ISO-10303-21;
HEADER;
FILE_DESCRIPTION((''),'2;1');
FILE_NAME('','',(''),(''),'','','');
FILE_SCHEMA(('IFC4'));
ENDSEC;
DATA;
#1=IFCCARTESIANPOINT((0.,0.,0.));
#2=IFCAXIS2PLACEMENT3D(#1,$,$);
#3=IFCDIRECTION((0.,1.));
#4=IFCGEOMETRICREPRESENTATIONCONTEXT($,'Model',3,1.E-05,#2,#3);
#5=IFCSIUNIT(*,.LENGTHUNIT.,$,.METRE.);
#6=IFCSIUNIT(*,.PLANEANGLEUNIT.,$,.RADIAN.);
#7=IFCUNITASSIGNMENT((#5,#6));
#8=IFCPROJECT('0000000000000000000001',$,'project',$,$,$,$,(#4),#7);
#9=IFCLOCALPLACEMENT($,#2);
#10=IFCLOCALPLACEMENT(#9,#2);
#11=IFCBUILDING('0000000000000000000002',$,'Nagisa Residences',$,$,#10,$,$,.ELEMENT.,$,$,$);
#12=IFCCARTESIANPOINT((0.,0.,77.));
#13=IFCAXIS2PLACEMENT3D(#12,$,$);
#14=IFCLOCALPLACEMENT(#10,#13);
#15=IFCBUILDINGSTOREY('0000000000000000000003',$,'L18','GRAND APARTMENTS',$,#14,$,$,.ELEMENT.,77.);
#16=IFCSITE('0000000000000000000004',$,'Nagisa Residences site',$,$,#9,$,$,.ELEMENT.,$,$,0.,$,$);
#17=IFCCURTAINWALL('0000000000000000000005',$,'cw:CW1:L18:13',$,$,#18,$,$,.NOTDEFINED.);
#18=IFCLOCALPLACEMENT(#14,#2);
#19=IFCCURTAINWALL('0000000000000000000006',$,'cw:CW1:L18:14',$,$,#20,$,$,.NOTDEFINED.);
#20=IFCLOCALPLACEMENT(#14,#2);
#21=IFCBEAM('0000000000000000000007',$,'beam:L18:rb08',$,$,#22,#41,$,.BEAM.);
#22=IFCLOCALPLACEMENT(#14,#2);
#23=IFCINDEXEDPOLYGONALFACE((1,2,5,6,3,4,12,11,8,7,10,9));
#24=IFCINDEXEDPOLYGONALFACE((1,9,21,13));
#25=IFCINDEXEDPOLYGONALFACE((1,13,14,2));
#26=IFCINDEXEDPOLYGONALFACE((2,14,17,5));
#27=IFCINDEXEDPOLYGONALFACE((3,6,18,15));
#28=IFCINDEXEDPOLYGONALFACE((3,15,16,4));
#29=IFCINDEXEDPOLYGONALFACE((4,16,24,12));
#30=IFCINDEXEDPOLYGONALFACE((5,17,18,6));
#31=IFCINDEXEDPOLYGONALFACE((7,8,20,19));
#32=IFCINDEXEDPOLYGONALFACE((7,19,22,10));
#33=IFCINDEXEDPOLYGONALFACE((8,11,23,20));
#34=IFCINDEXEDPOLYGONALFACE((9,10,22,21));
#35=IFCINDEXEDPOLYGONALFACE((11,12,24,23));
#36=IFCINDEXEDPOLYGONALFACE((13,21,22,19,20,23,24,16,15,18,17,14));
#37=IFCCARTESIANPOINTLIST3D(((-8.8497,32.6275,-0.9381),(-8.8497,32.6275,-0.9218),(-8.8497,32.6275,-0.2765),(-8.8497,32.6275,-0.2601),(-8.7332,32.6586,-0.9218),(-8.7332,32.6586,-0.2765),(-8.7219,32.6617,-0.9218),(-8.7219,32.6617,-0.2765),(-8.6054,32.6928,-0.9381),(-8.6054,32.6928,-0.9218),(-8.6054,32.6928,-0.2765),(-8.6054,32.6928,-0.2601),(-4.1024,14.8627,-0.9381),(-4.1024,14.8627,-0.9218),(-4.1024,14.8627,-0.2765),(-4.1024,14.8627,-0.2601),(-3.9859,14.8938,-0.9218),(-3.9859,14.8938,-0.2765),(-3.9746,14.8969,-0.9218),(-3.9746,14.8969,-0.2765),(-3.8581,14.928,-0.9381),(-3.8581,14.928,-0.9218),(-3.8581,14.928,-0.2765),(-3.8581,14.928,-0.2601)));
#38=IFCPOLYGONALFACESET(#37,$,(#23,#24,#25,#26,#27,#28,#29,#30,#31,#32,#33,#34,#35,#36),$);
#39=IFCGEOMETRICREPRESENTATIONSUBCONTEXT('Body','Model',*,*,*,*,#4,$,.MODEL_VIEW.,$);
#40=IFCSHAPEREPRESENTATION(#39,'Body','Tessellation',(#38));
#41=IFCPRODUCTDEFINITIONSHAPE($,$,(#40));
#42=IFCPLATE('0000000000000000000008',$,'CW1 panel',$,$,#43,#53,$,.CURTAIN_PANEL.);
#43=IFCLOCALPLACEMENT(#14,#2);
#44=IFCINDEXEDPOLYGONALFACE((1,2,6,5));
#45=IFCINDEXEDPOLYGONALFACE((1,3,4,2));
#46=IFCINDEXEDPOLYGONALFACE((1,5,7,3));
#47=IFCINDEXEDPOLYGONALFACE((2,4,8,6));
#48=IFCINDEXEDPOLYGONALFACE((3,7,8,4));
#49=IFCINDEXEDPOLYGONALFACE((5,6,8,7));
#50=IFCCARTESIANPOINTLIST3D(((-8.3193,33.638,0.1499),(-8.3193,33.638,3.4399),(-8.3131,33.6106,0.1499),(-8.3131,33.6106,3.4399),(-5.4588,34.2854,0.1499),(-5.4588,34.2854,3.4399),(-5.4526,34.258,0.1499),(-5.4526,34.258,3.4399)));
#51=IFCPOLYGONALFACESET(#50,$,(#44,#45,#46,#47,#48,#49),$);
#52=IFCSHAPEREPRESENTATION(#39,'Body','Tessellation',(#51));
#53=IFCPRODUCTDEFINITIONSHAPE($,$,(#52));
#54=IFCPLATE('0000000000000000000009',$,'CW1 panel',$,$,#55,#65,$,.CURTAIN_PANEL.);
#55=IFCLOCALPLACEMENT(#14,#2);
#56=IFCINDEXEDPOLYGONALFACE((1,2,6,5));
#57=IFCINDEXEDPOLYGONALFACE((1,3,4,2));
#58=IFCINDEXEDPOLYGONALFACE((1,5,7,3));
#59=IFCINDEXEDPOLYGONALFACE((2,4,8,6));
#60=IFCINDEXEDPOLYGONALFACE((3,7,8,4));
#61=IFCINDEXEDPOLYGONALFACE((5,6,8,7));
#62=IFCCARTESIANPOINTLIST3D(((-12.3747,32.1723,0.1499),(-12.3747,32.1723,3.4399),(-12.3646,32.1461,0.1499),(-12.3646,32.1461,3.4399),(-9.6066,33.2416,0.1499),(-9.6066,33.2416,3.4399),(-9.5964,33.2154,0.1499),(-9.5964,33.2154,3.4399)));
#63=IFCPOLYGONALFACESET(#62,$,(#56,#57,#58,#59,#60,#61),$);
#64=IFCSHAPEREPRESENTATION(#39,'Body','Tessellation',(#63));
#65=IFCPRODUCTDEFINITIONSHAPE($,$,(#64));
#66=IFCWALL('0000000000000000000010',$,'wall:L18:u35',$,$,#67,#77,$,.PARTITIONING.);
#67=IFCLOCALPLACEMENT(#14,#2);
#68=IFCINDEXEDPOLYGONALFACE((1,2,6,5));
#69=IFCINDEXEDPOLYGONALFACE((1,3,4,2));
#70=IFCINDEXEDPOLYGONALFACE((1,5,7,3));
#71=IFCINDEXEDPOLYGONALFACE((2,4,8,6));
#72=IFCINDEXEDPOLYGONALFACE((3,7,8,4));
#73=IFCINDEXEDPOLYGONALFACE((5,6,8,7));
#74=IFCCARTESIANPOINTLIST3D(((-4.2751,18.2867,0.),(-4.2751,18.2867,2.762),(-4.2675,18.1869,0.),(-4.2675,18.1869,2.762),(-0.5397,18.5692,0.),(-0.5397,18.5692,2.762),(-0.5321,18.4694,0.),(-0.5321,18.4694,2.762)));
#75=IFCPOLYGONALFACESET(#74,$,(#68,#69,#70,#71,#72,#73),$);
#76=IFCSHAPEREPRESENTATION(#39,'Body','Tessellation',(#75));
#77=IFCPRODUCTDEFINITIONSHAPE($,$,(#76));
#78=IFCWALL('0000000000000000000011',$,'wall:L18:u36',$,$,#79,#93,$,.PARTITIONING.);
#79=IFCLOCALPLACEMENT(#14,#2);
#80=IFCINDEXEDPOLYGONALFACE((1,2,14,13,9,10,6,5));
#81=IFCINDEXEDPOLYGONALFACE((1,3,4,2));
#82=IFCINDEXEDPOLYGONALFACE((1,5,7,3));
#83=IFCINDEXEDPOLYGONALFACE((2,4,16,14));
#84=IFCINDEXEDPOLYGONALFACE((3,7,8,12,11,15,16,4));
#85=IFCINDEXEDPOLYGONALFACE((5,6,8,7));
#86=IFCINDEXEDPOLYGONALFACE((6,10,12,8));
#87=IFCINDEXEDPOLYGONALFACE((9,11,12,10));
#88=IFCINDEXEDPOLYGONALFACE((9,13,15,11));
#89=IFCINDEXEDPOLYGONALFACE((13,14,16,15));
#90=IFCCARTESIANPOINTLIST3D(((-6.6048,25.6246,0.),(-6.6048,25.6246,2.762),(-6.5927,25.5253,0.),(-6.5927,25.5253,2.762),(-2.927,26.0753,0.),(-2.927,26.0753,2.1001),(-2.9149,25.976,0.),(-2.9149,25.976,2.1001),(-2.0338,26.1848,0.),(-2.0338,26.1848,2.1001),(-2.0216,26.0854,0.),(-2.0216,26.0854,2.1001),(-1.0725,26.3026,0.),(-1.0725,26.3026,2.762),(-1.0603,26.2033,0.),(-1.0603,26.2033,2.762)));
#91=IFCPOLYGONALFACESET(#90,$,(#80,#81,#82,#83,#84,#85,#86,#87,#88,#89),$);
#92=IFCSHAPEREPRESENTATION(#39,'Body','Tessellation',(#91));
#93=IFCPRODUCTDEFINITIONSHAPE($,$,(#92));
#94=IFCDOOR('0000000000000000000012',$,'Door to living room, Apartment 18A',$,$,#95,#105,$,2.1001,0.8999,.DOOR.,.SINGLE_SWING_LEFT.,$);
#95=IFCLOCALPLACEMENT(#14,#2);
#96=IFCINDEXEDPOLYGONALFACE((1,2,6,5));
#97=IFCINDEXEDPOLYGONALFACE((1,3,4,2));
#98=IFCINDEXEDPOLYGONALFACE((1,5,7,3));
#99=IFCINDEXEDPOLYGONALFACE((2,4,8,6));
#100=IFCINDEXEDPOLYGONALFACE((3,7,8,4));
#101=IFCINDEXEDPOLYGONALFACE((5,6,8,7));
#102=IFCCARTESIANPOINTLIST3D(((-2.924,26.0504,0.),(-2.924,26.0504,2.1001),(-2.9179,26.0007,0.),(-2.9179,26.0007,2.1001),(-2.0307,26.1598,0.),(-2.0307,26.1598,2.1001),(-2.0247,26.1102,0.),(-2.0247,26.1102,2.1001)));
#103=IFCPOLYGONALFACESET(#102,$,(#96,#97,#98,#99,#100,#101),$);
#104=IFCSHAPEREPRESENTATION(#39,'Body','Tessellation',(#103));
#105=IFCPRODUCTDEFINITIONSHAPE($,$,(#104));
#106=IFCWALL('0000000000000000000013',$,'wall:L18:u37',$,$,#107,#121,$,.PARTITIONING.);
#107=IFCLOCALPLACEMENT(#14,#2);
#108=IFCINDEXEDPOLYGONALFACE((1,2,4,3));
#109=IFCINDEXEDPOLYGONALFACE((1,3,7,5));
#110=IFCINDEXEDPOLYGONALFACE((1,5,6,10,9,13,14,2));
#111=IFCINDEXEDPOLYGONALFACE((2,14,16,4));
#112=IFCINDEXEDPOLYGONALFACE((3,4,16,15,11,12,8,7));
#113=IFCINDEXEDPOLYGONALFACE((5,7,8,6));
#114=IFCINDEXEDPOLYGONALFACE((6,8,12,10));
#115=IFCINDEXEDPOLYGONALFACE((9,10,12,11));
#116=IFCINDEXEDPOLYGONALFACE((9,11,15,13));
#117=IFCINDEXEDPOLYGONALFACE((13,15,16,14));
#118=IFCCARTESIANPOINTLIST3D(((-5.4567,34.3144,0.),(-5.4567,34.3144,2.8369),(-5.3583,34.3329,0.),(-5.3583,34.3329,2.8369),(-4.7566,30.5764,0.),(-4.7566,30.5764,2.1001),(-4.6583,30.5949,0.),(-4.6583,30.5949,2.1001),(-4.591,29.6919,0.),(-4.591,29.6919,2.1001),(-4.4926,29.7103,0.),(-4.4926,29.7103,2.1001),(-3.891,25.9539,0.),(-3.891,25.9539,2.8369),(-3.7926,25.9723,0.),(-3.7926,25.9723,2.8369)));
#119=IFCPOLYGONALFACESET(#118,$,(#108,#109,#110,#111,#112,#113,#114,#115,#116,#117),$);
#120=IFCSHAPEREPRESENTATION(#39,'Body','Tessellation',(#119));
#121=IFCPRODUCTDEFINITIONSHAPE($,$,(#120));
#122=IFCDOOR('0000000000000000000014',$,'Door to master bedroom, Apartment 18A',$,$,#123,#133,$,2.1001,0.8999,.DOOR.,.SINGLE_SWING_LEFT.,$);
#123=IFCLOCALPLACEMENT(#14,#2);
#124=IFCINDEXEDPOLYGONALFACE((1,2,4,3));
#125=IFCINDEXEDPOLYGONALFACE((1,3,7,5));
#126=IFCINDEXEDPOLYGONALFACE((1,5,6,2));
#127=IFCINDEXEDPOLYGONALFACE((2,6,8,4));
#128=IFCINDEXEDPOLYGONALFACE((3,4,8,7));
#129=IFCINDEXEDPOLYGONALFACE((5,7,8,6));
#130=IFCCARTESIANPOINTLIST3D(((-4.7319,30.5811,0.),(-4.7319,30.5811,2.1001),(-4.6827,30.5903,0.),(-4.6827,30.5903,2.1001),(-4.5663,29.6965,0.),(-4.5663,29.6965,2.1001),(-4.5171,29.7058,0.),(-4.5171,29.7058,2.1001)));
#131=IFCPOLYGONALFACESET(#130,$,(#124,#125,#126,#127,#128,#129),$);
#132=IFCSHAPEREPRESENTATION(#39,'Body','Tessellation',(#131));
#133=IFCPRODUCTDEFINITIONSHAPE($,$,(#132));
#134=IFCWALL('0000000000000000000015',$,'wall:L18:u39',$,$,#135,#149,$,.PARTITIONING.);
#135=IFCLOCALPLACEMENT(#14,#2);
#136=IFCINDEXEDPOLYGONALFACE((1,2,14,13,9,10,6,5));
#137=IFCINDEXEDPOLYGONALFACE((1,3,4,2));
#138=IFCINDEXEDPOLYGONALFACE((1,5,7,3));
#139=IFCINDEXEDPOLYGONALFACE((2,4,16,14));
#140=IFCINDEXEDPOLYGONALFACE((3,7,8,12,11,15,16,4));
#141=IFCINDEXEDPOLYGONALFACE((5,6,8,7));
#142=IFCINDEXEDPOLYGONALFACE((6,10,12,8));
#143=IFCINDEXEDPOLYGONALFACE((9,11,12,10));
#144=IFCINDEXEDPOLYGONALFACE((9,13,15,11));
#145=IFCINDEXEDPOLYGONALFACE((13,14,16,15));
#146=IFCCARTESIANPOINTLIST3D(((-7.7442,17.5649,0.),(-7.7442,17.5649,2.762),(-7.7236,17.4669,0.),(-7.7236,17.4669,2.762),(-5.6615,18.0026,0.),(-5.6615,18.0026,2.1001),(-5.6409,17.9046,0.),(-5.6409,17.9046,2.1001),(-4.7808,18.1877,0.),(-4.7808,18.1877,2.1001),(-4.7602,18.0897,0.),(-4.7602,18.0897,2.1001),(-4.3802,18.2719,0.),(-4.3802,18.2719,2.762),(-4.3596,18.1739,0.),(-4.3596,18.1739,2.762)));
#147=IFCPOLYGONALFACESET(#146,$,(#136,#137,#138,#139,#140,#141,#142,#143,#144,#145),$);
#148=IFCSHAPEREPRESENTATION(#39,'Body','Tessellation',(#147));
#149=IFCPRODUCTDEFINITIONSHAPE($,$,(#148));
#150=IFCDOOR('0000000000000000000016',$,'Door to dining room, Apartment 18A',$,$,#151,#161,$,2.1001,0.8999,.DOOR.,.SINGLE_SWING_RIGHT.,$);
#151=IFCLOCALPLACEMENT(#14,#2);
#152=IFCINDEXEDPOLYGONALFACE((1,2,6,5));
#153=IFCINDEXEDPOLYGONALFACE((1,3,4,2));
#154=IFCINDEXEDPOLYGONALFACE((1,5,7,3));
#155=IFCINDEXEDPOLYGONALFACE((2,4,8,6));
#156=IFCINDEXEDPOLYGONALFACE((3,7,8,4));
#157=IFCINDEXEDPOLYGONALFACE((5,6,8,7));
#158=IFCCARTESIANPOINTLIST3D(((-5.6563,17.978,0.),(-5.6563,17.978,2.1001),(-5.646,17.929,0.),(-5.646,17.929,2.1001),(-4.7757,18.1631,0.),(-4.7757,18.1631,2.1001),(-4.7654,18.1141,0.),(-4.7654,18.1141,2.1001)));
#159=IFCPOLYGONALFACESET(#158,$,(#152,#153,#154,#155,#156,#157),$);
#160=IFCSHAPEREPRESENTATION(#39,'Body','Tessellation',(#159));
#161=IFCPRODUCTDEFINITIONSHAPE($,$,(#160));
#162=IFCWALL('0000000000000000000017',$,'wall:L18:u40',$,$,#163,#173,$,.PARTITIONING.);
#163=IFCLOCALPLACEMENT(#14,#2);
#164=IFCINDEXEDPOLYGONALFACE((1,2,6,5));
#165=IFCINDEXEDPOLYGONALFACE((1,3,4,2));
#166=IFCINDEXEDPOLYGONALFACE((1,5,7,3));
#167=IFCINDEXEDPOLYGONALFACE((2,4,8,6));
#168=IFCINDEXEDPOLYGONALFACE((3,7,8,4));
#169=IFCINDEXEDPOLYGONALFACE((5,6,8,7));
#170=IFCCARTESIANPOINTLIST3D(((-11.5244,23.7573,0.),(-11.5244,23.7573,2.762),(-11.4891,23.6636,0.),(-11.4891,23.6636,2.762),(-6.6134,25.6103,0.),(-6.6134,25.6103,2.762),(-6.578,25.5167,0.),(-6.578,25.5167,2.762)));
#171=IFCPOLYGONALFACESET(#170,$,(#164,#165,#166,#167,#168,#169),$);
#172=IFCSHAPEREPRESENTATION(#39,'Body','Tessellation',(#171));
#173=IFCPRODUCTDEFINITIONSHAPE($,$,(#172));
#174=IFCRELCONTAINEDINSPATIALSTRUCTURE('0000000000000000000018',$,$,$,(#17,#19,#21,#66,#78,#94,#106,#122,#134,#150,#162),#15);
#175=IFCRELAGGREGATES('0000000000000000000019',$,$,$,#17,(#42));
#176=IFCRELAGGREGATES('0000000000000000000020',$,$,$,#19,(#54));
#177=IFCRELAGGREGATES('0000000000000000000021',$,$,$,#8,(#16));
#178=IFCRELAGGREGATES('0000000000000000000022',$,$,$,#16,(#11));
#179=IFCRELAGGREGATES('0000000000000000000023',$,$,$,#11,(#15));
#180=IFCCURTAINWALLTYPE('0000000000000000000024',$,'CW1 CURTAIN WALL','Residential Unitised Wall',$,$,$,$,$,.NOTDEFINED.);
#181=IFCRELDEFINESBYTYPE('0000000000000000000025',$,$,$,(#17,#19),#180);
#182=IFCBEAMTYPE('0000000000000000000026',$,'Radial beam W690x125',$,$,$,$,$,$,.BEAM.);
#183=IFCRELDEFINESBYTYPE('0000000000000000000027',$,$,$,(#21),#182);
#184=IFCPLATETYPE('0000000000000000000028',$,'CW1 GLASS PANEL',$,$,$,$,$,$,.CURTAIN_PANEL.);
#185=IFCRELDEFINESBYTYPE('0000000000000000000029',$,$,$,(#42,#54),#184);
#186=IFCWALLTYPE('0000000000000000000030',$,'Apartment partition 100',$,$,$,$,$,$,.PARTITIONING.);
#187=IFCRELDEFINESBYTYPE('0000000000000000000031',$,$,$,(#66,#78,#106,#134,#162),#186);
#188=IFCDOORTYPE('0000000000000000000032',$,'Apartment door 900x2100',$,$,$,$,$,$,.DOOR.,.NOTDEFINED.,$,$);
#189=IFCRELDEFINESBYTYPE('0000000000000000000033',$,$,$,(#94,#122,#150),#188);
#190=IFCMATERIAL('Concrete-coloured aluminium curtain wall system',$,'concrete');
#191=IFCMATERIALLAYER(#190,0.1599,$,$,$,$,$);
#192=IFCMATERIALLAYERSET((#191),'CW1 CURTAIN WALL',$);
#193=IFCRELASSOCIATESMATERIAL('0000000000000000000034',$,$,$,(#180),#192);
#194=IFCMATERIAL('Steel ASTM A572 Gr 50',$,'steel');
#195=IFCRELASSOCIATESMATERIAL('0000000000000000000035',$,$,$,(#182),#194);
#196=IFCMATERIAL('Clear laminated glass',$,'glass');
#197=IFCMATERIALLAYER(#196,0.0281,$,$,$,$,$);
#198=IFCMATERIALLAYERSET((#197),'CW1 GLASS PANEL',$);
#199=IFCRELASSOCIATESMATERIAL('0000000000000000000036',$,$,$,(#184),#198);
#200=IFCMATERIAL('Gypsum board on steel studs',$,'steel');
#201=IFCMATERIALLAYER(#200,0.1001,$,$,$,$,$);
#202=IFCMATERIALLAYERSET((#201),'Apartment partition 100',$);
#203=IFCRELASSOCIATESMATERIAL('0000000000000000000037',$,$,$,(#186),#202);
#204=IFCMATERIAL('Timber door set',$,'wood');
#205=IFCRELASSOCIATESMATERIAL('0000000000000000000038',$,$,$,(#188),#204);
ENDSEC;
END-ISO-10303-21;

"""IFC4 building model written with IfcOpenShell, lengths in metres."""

from ifc_helpers import new_model, si_unit, direction, frame, frame_2d, origin, origin_2d, place, context, subcontext, project, spatial, rectangle, i_section, extrude, material, layer, layer_set, material_profile, profile_set, type_object, element, fill, aggregate, save


model = new_model("IFC4")

# Units and contexts
model_context = context("Model", 3, precision=1e-05, world=origin(), true_north=direction((0.0, 1.0)))
body_context = subcontext(model_context, "Body", "Model", "MODEL_VIEW")
ifc_project = project(units=[si_unit("LENGTHUNIT", "METRE"), si_unit("PLANEANGLEUNIT", "RADIAN")], contexts=[model_context])

# Site, building, storey
site_placement = place(None, origin())
site = spatial("IfcSite", under=ifc_project, at=site_placement, Name="Nagisa Residences site", CompositionType="ELEMENT", RefElevation=0.0)
building_placement = place(site_placement, origin())
building = spatial("IfcBuilding", under=site, at=building_placement, Name="Nagisa Residences", CompositionType="ELEMENT")
storey_placement = place(building_placement, frame((0.0, 0.0, 77.0)))
storey = spatial("IfcBuildingStorey", under=building, at=storey_placement, Name="L18", Description="GRAND APARTMENTS", CompositionType="ELEMENT", Elevation=77.0)

# Curtain walls
ifc_material_1 = material(Name="Concrete-coloured aluminium curtain wall system", Category="concrete")
ifc_layer_1 = layer(ifc_material_1, 0.1599)
ifc_layer_set_1 = layer_set([ifc_layer_1], Name="CW1 CURTAIN WALL")
curtain_wall_type = type_object("IfcCurtainWallType", Name="CW1 CURTAIN WALL", Description="Residential Unitised Wall", PredefinedType="NOTDEFINED", material=ifc_layer_set_1)
curtain_wall_1_placement = place(storey_placement, origin())
curtain_wall_1 = element("IfcCurtainWall", 1, at=curtain_wall_1_placement, inside=storey, type_object=curtain_wall_type, Name="cw:CW1:L18:13", PredefinedType="NOTDEFINED")
curtain_wall_2_placement = place(storey_placement, origin())
curtain_wall_2 = element("IfcCurtainWall", 2, at=curtain_wall_2_placement, inside=storey, type_object=curtain_wall_type, Name="cw:CW1:L18:14", PredefinedType="NOTDEFINED")

# Beam
ifc_material_2 = material(Name="Steel ASTM A572 Gr 50", Category="steel")
ifc_material_profile_1 = material_profile(ifc_material_2, i_section(OverallWidth=0.2529, OverallDepth=0.678, WebThickness=0.0117, FlangeThickness=0.0164, at=origin_2d()), Name="W690x125")
ifc_profile_set_1 = profile_set([ifc_material_profile_1], Name="Steel ASTM A572 Gr 50")
beam_type_1 = type_object("IfcBeamType", Name="Radial beam W690x125", PredefinedType="BEAM", material=ifc_profile_set_1)
beam_1_placement = place(storey_placement, frame((-8.7275, 32.6602, -0.5991), z_axis=(0.258171, -0.966099, 0.0), x_axis=(0.966099, 0.258171, 0.0)))
element("IfcBeam", 3, at=beam_1_placement, inside=storey, type_object=beam_type_1, Name="beam:L18:rb08", PredefinedType="BEAM", context=body_context, shape_type="SweptSolid", body=[
    extrude(i_section(OverallWidth=0.2529, OverallDepth=0.678, WebThickness=0.0117, FlangeThickness=0.0164, at=origin_2d()), origin(), (0.0, 0.0, 1.0), 18.3882),
])

# Plates
ifc_material_3 = material(Name="Clear laminated glass", Category="glass")
ifc_layer_2 = layer(ifc_material_3, 0.0281)
ifc_layer_set_2 = layer_set([ifc_layer_2], Name="CW1 GLASS PANEL")
plate_type = type_object("IfcPlateType", Name="CW1 GLASS PANEL", PredefinedType="CURTAIN_PANEL", material=ifc_layer_set_2)
plate_1_placement = place(storey_placement, frame((-6.886, 33.948, 0.1499), z_axis=(0.0, 0.0, 1.0), x_axis=(-0.975327, -0.220764, 0.0)))
plate_1 = element("IfcPlate", 4, at=plate_1_placement, type_object=plate_type, Name="CW1 panel", PredefinedType="CURTAIN_PANEL", context=body_context, shape_type="SweptSolid", body=[
    extrude(rectangle(XDim=2.9329, YDim=0.0281, at=origin_2d()), origin(), (0.0, 0.0, 1.0), 3.29),
])
aggregate(curtain_wall_1, [plate_1])
plate_2_placement = place(storey_placement, frame((-10.9856, 32.6938, 0.1499), z_axis=(0.0, 0.0, 1.0), x_axis=(-0.932826, -0.360328, 0.0)))
plate_2 = element("IfcPlate", 5, at=plate_2_placement, type_object=plate_type, Name="CW1 panel", PredefinedType="CURTAIN_PANEL", context=body_context, shape_type="SweptSolid", body=[
    extrude(rectangle(XDim=2.9675, YDim=0.0281, at=origin_2d()), origin(), (0.0, 0.0, 1.0), 3.29),
])
aggregate(curtain_wall_2, [plate_2])

# Wall
ifc_material_4 = material(Name="Gypsum board on steel studs", Category="steel")
ifc_layer_3 = layer(ifc_material_4, 0.1001)
ifc_layer_set_3 = layer_set([ifc_layer_3], Name="Apartment partition 100")
wall_type_1 = type_object("IfcWallType", Name="Apartment partition 100", PredefinedType="PARTITIONING", material=ifc_layer_set_3)
wall_1_placement = place(storey_placement, frame((-0.5359, 18.5193, 0.0), z_axis=(0.0, 0.0, 1.0), x_axis=(-0.997153, -0.075406, 0.0)))
element("IfcWall", 6, at=wall_1_placement, inside=storey, type_object=wall_type_1, Name="wall:L18:u35", PredefinedType="PARTITIONING", context=body_context, shape_type="SweptSolid", body=[
    extrude(rectangle(XDim=3.7461, YDim=0.1001, at=frame_2d((1.873, 0.0))), origin(), (0.0, 0.0, 1.0), 2.762),
])

# Walls, openings, doors
wall_2_placement = place(storey_placement, frame((-1.0664, 26.2529, 0.0), z_axis=(0.0, 0.0, 1.0), x_axis=(-0.992574, -0.121641, 0.0)))
wall_2 = element("IfcWall", 7, at=wall_2_placement, inside=storey, type_object=wall_type_1, Name="wall:L18:u36", PredefinedType="PARTITIONING", context=body_context, shape_type="SweptSolid", body=[
    extrude(rectangle(XDim=5.5737, YDim=0.1001, at=frame_2d((2.7869, 0.0))), origin(), (0.0, 0.0, 1.0), 2.762),
])
opening_1_placement = place(wall_2_placement, frame((0.9685, 0.0, 0.0)))
opening_1 = element("IfcOpeningElement", 8, at=opening_1_placement, cuts=wall_2, PredefinedType="OPENING", context=body_context, shape_type="SweptSolid", body=[
    extrude(rectangle(XDim=0.8999, YDim=2.1001, at=frame_2d((0.45, 1.05))), frame((0.0, 0.0601, 0.0), z_axis=(0.0, -1.0, 0.0), x_axis=(1.0, 0.0, 0.0)), (0.0, 0.0, 1.0), 0.1201),
])
ifc_material_5 = material(Name="Timber door set", Category="wood")
door_type_1 = type_object("IfcDoorType", Name="Apartment door 900x2100", OperationType="NOTDEFINED", PredefinedType="DOOR", material=ifc_material_5)
door_1_placement = place(opening_1_placement, frame((0.8999, 0.0, 0.0), x_axis=(-1.0, 0.0, 0.0)))
door_1 = element("IfcDoor", 9, at=door_1_placement, inside=storey, type_object=door_type_1, Name="Door to living room, Apartment 18A", OperationType="SINGLE_SWING_LEFT", OverallHeight=2.1001, OverallWidth=0.8999, PredefinedType="DOOR", context=body_context, shape_type="SweptSolid", body=[
    extrude(rectangle(XDim=0.8999, YDim=2.1001, at=frame_2d((0.45, 1.05))), frame((0.0, 0.0249, 0.0), z_axis=(0.0, -1.0, 0.0), x_axis=(1.0, 0.0, 0.0)), (0.0, 0.0, 1.0), 0.05),
])
fill(opening_1, door_1)
wall_3_placement = place(storey_placement, frame((-3.8418, 25.9631, 0.0), z_axis=(0.0, 0.0, 1.0), x_axis=(-0.184068, 0.982913, 0.0)))
wall_3 = element("IfcWall", 10, at=wall_3_placement, inside=storey, type_object=wall_type_1, Name="wall:L18:u37", PredefinedType="PARTITIONING", context=body_context, shape_type="SweptSolid", body=[
    extrude(rectangle(XDim=8.5059, YDim=0.1001, at=frame_2d((4.2529, 0.0))), origin(), (0.0, 0.0, 1.0), 2.8369),
])
opening_2_placement = place(wall_3_placement, frame((3.803, 0.0, 0.0)))
opening_2 = element("IfcOpeningElement", 11, at=opening_2_placement, cuts=wall_3, PredefinedType="OPENING", context=body_context, shape_type="SweptSolid", body=[
    extrude(rectangle(XDim=0.8999, YDim=2.1001, at=frame_2d((0.45, 1.05))), frame((0.0, 0.0601, 0.0), z_axis=(0.0, -1.0, 0.0), x_axis=(1.0, 0.0, 0.0)), (0.0, 0.0, 1.0), 0.1201),
])
door_2_placement = place(opening_2_placement, origin())
door_2 = element("IfcDoor", 12, at=door_2_placement, inside=storey, type_object=door_type_1, Name="Door to master bedroom, Apartment 18A", OperationType="SINGLE_SWING_LEFT", OverallHeight=2.1001, OverallWidth=0.8999, PredefinedType="DOOR", context=body_context, shape_type="SweptSolid", body=[
    extrude(rectangle(XDim=0.8999, YDim=2.1001, at=frame_2d((0.45, 1.05))), frame((0.0, 0.0249, 0.0), z_axis=(0.0, -1.0, 0.0), x_axis=(1.0, 0.0, 0.0)), (0.0, 0.0, 1.0), 0.05),
])
fill(opening_2, door_2)
wall_4_placement = place(storey_placement, frame((-4.3699, 18.2229, 0.0), z_axis=(0.0, 0.0, 1.0), x_axis=(-0.978619, -0.205681, 0.0)))
wall_4 = element("IfcWall", 13, at=wall_4_placement, inside=storey, type_object=wall_type_1, Name="wall:L18:u39", PredefinedType="PARTITIONING", context=body_context, shape_type="SweptSolid", body=[
    extrude(rectangle(XDim=3.4375, YDim=0.1001, at=frame_2d((1.7188, 0.0))), origin(), (0.0, 0.0, 1.0), 2.762),
])
opening_3_placement = place(wall_4_placement, frame((0.4094, 0.0, 0.0)))
opening_3 = element("IfcOpeningElement", 14, at=opening_3_placement, cuts=wall_4, PredefinedType="OPENING", context=body_context, shape_type="SweptSolid", body=[
    extrude(rectangle(XDim=0.8999, YDim=2.1001, at=frame_2d((0.45, 1.05))), frame((0.0, 0.0601, 0.0), z_axis=(0.0, -1.0, 0.0), x_axis=(1.0, 0.0, 0.0)), (0.0, 0.0, 1.0), 0.1201),
])
door_3_placement = place(opening_3_placement, frame((0.8999, 0.0, 0.0), x_axis=(-1.0, 0.0, 0.0)))
door_3 = element("IfcDoor", 15, at=door_3_placement, inside=storey, type_object=door_type_1, Name="Door to dining room, Apartment 18A", OperationType="SINGLE_SWING_RIGHT", OverallHeight=2.1001, OverallWidth=0.8999, PredefinedType="DOOR", context=body_context, shape_type="SweptSolid", body=[
    extrude(rectangle(XDim=0.8999, YDim=2.1001, at=frame_2d((0.45, 1.05))), frame((0.0, 0.0249, 0.0), z_axis=(0.0, -1.0, 0.0), x_axis=(1.0, 0.0, 0.0)), (0.0, 0.0, 1.0), 0.05),
])
fill(opening_3, door_3)

# Wall
wall_5_placement = place(storey_placement, frame((-6.5957, 25.5635, 0.0), z_axis=(0.0, 0.0, 1.0), x_axis=(-0.935616, -0.353019, 0.0)))
element("IfcWall", 16, at=wall_5_placement, inside=storey, type_object=wall_type_1, Name="wall:L18:u40", PredefinedType="PARTITIONING", context=body_context, shape_type="SweptSolid", body=[
    extrude(rectangle(XDim=5.249, YDim=0.1001, at=frame_2d((2.6245, 0.0))), origin(), (0.0, 0.0, 1.0), 2.762),
])

save(model, "model.ifc")
